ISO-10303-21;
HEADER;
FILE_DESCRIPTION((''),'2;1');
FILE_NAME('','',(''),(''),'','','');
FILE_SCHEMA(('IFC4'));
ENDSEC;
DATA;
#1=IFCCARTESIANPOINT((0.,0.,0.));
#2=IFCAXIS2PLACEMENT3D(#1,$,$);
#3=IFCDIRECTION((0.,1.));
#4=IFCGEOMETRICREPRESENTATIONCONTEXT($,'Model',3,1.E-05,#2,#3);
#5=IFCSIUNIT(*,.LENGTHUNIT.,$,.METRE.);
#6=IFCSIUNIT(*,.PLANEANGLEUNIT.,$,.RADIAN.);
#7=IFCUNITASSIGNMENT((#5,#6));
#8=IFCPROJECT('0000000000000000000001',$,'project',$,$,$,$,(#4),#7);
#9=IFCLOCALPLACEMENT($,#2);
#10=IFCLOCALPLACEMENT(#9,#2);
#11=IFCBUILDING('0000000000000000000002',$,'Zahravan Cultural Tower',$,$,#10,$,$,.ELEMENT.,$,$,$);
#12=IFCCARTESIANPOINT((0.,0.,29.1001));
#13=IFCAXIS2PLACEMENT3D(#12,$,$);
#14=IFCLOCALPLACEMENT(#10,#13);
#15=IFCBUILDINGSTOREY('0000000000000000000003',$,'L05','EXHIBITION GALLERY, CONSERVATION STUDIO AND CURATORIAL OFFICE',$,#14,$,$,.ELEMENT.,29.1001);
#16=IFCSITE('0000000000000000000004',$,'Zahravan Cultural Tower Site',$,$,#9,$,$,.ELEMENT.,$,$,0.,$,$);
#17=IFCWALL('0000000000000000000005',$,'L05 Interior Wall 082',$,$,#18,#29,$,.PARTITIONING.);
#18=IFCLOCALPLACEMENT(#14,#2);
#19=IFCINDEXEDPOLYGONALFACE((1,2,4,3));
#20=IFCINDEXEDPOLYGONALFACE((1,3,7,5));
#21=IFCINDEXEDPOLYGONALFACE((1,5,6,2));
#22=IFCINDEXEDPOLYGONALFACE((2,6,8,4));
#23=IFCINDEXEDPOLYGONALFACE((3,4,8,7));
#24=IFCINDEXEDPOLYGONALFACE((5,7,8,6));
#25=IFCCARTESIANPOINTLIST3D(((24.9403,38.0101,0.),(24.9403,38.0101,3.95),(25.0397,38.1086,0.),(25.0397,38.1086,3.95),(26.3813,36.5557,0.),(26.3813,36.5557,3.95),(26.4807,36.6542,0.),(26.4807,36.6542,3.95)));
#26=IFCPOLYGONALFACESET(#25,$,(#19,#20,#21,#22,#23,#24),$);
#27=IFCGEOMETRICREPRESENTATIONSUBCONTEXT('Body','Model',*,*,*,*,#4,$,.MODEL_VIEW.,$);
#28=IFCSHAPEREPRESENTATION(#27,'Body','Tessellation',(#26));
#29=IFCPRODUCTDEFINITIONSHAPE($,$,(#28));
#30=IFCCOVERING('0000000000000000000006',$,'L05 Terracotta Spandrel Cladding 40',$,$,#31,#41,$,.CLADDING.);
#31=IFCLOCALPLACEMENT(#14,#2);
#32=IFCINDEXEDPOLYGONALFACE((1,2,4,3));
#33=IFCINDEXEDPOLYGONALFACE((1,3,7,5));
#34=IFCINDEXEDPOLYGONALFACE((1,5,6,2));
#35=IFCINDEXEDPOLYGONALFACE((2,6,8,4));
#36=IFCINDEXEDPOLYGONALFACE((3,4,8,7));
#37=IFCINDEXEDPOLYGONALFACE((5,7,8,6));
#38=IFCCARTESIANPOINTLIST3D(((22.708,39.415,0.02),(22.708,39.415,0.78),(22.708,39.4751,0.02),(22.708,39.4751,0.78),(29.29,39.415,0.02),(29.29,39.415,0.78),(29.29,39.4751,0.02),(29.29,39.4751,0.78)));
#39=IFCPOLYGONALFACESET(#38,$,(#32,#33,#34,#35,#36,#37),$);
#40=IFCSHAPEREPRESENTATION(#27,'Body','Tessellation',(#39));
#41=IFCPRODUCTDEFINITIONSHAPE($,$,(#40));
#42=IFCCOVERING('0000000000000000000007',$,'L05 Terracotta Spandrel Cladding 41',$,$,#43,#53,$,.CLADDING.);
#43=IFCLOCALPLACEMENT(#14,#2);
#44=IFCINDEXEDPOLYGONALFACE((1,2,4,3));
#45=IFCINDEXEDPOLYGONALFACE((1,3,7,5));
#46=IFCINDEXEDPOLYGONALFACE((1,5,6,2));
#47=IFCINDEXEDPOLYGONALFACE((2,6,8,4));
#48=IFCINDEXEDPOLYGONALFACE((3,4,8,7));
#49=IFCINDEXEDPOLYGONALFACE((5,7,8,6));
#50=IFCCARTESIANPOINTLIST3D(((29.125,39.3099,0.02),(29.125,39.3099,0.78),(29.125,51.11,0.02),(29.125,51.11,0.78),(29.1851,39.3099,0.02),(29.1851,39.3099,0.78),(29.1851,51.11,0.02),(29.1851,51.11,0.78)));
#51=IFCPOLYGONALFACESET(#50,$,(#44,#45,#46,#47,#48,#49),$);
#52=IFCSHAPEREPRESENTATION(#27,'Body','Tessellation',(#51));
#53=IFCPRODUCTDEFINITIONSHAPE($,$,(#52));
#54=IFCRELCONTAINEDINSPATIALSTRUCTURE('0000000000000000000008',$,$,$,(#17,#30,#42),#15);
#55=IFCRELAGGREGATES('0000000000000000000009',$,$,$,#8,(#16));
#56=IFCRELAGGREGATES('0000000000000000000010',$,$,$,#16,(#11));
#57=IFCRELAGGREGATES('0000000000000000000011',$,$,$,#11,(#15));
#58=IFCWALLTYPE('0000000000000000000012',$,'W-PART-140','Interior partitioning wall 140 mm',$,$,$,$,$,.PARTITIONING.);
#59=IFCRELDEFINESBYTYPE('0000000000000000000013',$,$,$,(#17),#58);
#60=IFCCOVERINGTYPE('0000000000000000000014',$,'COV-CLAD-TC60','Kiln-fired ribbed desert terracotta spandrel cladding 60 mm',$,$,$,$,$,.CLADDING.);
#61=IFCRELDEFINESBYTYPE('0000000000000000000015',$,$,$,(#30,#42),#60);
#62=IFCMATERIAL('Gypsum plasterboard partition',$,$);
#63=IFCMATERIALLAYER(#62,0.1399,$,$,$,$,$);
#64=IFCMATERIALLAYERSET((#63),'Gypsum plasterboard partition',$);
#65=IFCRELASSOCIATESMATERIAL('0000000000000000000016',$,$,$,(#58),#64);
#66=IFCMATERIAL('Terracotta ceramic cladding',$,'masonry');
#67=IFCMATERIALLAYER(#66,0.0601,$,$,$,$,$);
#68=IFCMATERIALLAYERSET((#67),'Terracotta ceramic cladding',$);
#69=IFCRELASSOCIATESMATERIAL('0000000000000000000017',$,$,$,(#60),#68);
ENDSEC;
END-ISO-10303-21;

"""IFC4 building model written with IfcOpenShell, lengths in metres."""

from ifc_helpers import new_model, si_unit, direction, frame, frame_2d, origin, origin_2d, place, context, subcontext, project, spatial, rectangle, extrude, source, transform, mapped, material, layer, layer_set, type_object, element, save


model = new_model("IFC4")

# Units and contexts
model_context = context("Model", 3, precision=1e-05, world=origin(), true_north=direction((0.0, 1.0)))
body_context = subcontext(model_context, "Body", "Model", "MODEL_VIEW")
ifc_project = project(units=[si_unit("LENGTHUNIT", "METRE"), si_unit("PLANEANGLEUNIT", "RADIAN")], contexts=[model_context])

# Site, building, storey
site_placement = place(None, origin())
site = spatial("IfcSite", under=ifc_project, at=site_placement, Name="Zahravan Cultural Tower Site", CompositionType="ELEMENT", RefElevation=0.0)
building_placement = place(site_placement, origin())
building = spatial("IfcBuilding", under=site, at=building_placement, Name="Zahravan Cultural Tower", CompositionType="ELEMENT")
storey_placement = place(building_placement, frame((0.0, 0.0, 29.1001)))
storey = spatial("IfcBuildingStorey", under=building, at=storey_placement, Name="L05", Description="EXHIBITION GALLERY, CONSERVATION STUDIO AND CURATORIAL OFFICE", CompositionType="ELEMENT", Elevation=29.1001)

# Shared definitions
ifc_material_1 = material(Name="Gypsum plasterboard partition")

# Wall
ifc_layer_1 = layer(ifc_material_1, 0.1399)
ifc_layer_set_1 = layer_set([ifc_layer_1], Name="Gypsum plasterboard partition")
wall_type_1 = type_object("IfcWallType", Name="W-PART-140", Description="Interior partitioning wall 140 mm", PredefinedType="PARTITIONING", material=ifc_layer_set_1)
shared_shape_1 = source(origin(), body_context, "Body", "SweptSolid", [
    extrude(rectangle(XDim=2.0474, YDim=0.1399, at=frame_2d((1.0237, 0.0))), origin(), (0.0, 0.0, 1.0), 3.95),
])
wall_1_placement = place(storey_placement, frame((24.99, 38.0593, 0.0), z_axis=(0.0, 0.0, 1.0), x_axis=(0.70382, -0.710379, 0.0)))
element("IfcWall", 1, at=wall_1_placement, inside=storey, type_object=wall_type_1, Name="L05 Interior Wall 082", PredefinedType="PARTITIONING", context=body_context, shape_type="MappedRepresentation", body=[
    mapped(shared_shape_1, transform((0.0, 0.0, 0.0), x_axis=(1.0, 0.0, 0.0), y_axis=(0.0, 1.0, 0.0), z_axis=(0.0, 0.0, 1.0), scale=1.0)),
])

# Coverings
ifc_material_2 = material(Name="Terracotta ceramic cladding", Category="masonry")
ifc_layer_2 = layer(ifc_material_2, 0.0601)
ifc_layer_set_2 = layer_set([ifc_layer_2], Name="Terracotta ceramic cladding")
covering_type = type_object("IfcCoveringType", Name="COV-CLAD-TC60", Description="Kiln-fired ribbed desert terracotta spandrel cladding 60 mm", PredefinedType="CLADDING", material=ifc_layer_set_2)
shared_shape_2 = source(origin(), body_context, "Body", "SweptSolid", [
    extrude(rectangle(XDim=6.582, YDim=0.0601, at=origin_2d()), origin(), (0.0, 0.0, 1.0), 0.76),
])
covering_1_placement = place(storey_placement, frame((25.999, 39.4451, 0.02), z_axis=(0.0, 0.0, 1.0), x_axis=(1.0, 0.0, 0.0)))
element("IfcCovering", 2, at=covering_1_placement, inside=storey, type_object=covering_type, Name="L05 Terracotta Spandrel Cladding 40", PredefinedType="CLADDING", context=body_context, shape_type="MappedRepresentation", body=[
    mapped(shared_shape_2, transform((0.0, 0.0, 0.0), x_axis=(1.0, 0.0, 0.0), y_axis=(0.0, 1.0, 0.0), z_axis=(0.0, 0.0, 1.0), scale=1.0)),
])
shared_shape_3 = source(origin(), body_context, "Body", "SweptSolid", [
    extrude(rectangle(XDim=11.8, YDim=0.0601, at=origin_2d()), origin(), (0.0, 0.0, 1.0), 0.76),
])
covering_2_placement = place(storey_placement, frame((29.155, 45.21, 0.02), z_axis=(0.0, 0.0, 1.0), x_axis=(0.0, 1.0, 0.0)))
element("IfcCovering", 3, at=covering_2_placement, inside=storey, type_object=covering_type, Name="L05 Terracotta Spandrel Cladding 41", PredefinedType="CLADDING", context=body_context, shape_type="MappedRepresentation", body=[
    mapped(shared_shape_3, transform((0.0, 0.0, 0.0), x_axis=(1.0, 0.0, 0.0), y_axis=(0.0, 1.0, 0.0), z_axis=(0.0, 0.0, 1.0), scale=1.0)),
])

save(model, "model.ifc")
